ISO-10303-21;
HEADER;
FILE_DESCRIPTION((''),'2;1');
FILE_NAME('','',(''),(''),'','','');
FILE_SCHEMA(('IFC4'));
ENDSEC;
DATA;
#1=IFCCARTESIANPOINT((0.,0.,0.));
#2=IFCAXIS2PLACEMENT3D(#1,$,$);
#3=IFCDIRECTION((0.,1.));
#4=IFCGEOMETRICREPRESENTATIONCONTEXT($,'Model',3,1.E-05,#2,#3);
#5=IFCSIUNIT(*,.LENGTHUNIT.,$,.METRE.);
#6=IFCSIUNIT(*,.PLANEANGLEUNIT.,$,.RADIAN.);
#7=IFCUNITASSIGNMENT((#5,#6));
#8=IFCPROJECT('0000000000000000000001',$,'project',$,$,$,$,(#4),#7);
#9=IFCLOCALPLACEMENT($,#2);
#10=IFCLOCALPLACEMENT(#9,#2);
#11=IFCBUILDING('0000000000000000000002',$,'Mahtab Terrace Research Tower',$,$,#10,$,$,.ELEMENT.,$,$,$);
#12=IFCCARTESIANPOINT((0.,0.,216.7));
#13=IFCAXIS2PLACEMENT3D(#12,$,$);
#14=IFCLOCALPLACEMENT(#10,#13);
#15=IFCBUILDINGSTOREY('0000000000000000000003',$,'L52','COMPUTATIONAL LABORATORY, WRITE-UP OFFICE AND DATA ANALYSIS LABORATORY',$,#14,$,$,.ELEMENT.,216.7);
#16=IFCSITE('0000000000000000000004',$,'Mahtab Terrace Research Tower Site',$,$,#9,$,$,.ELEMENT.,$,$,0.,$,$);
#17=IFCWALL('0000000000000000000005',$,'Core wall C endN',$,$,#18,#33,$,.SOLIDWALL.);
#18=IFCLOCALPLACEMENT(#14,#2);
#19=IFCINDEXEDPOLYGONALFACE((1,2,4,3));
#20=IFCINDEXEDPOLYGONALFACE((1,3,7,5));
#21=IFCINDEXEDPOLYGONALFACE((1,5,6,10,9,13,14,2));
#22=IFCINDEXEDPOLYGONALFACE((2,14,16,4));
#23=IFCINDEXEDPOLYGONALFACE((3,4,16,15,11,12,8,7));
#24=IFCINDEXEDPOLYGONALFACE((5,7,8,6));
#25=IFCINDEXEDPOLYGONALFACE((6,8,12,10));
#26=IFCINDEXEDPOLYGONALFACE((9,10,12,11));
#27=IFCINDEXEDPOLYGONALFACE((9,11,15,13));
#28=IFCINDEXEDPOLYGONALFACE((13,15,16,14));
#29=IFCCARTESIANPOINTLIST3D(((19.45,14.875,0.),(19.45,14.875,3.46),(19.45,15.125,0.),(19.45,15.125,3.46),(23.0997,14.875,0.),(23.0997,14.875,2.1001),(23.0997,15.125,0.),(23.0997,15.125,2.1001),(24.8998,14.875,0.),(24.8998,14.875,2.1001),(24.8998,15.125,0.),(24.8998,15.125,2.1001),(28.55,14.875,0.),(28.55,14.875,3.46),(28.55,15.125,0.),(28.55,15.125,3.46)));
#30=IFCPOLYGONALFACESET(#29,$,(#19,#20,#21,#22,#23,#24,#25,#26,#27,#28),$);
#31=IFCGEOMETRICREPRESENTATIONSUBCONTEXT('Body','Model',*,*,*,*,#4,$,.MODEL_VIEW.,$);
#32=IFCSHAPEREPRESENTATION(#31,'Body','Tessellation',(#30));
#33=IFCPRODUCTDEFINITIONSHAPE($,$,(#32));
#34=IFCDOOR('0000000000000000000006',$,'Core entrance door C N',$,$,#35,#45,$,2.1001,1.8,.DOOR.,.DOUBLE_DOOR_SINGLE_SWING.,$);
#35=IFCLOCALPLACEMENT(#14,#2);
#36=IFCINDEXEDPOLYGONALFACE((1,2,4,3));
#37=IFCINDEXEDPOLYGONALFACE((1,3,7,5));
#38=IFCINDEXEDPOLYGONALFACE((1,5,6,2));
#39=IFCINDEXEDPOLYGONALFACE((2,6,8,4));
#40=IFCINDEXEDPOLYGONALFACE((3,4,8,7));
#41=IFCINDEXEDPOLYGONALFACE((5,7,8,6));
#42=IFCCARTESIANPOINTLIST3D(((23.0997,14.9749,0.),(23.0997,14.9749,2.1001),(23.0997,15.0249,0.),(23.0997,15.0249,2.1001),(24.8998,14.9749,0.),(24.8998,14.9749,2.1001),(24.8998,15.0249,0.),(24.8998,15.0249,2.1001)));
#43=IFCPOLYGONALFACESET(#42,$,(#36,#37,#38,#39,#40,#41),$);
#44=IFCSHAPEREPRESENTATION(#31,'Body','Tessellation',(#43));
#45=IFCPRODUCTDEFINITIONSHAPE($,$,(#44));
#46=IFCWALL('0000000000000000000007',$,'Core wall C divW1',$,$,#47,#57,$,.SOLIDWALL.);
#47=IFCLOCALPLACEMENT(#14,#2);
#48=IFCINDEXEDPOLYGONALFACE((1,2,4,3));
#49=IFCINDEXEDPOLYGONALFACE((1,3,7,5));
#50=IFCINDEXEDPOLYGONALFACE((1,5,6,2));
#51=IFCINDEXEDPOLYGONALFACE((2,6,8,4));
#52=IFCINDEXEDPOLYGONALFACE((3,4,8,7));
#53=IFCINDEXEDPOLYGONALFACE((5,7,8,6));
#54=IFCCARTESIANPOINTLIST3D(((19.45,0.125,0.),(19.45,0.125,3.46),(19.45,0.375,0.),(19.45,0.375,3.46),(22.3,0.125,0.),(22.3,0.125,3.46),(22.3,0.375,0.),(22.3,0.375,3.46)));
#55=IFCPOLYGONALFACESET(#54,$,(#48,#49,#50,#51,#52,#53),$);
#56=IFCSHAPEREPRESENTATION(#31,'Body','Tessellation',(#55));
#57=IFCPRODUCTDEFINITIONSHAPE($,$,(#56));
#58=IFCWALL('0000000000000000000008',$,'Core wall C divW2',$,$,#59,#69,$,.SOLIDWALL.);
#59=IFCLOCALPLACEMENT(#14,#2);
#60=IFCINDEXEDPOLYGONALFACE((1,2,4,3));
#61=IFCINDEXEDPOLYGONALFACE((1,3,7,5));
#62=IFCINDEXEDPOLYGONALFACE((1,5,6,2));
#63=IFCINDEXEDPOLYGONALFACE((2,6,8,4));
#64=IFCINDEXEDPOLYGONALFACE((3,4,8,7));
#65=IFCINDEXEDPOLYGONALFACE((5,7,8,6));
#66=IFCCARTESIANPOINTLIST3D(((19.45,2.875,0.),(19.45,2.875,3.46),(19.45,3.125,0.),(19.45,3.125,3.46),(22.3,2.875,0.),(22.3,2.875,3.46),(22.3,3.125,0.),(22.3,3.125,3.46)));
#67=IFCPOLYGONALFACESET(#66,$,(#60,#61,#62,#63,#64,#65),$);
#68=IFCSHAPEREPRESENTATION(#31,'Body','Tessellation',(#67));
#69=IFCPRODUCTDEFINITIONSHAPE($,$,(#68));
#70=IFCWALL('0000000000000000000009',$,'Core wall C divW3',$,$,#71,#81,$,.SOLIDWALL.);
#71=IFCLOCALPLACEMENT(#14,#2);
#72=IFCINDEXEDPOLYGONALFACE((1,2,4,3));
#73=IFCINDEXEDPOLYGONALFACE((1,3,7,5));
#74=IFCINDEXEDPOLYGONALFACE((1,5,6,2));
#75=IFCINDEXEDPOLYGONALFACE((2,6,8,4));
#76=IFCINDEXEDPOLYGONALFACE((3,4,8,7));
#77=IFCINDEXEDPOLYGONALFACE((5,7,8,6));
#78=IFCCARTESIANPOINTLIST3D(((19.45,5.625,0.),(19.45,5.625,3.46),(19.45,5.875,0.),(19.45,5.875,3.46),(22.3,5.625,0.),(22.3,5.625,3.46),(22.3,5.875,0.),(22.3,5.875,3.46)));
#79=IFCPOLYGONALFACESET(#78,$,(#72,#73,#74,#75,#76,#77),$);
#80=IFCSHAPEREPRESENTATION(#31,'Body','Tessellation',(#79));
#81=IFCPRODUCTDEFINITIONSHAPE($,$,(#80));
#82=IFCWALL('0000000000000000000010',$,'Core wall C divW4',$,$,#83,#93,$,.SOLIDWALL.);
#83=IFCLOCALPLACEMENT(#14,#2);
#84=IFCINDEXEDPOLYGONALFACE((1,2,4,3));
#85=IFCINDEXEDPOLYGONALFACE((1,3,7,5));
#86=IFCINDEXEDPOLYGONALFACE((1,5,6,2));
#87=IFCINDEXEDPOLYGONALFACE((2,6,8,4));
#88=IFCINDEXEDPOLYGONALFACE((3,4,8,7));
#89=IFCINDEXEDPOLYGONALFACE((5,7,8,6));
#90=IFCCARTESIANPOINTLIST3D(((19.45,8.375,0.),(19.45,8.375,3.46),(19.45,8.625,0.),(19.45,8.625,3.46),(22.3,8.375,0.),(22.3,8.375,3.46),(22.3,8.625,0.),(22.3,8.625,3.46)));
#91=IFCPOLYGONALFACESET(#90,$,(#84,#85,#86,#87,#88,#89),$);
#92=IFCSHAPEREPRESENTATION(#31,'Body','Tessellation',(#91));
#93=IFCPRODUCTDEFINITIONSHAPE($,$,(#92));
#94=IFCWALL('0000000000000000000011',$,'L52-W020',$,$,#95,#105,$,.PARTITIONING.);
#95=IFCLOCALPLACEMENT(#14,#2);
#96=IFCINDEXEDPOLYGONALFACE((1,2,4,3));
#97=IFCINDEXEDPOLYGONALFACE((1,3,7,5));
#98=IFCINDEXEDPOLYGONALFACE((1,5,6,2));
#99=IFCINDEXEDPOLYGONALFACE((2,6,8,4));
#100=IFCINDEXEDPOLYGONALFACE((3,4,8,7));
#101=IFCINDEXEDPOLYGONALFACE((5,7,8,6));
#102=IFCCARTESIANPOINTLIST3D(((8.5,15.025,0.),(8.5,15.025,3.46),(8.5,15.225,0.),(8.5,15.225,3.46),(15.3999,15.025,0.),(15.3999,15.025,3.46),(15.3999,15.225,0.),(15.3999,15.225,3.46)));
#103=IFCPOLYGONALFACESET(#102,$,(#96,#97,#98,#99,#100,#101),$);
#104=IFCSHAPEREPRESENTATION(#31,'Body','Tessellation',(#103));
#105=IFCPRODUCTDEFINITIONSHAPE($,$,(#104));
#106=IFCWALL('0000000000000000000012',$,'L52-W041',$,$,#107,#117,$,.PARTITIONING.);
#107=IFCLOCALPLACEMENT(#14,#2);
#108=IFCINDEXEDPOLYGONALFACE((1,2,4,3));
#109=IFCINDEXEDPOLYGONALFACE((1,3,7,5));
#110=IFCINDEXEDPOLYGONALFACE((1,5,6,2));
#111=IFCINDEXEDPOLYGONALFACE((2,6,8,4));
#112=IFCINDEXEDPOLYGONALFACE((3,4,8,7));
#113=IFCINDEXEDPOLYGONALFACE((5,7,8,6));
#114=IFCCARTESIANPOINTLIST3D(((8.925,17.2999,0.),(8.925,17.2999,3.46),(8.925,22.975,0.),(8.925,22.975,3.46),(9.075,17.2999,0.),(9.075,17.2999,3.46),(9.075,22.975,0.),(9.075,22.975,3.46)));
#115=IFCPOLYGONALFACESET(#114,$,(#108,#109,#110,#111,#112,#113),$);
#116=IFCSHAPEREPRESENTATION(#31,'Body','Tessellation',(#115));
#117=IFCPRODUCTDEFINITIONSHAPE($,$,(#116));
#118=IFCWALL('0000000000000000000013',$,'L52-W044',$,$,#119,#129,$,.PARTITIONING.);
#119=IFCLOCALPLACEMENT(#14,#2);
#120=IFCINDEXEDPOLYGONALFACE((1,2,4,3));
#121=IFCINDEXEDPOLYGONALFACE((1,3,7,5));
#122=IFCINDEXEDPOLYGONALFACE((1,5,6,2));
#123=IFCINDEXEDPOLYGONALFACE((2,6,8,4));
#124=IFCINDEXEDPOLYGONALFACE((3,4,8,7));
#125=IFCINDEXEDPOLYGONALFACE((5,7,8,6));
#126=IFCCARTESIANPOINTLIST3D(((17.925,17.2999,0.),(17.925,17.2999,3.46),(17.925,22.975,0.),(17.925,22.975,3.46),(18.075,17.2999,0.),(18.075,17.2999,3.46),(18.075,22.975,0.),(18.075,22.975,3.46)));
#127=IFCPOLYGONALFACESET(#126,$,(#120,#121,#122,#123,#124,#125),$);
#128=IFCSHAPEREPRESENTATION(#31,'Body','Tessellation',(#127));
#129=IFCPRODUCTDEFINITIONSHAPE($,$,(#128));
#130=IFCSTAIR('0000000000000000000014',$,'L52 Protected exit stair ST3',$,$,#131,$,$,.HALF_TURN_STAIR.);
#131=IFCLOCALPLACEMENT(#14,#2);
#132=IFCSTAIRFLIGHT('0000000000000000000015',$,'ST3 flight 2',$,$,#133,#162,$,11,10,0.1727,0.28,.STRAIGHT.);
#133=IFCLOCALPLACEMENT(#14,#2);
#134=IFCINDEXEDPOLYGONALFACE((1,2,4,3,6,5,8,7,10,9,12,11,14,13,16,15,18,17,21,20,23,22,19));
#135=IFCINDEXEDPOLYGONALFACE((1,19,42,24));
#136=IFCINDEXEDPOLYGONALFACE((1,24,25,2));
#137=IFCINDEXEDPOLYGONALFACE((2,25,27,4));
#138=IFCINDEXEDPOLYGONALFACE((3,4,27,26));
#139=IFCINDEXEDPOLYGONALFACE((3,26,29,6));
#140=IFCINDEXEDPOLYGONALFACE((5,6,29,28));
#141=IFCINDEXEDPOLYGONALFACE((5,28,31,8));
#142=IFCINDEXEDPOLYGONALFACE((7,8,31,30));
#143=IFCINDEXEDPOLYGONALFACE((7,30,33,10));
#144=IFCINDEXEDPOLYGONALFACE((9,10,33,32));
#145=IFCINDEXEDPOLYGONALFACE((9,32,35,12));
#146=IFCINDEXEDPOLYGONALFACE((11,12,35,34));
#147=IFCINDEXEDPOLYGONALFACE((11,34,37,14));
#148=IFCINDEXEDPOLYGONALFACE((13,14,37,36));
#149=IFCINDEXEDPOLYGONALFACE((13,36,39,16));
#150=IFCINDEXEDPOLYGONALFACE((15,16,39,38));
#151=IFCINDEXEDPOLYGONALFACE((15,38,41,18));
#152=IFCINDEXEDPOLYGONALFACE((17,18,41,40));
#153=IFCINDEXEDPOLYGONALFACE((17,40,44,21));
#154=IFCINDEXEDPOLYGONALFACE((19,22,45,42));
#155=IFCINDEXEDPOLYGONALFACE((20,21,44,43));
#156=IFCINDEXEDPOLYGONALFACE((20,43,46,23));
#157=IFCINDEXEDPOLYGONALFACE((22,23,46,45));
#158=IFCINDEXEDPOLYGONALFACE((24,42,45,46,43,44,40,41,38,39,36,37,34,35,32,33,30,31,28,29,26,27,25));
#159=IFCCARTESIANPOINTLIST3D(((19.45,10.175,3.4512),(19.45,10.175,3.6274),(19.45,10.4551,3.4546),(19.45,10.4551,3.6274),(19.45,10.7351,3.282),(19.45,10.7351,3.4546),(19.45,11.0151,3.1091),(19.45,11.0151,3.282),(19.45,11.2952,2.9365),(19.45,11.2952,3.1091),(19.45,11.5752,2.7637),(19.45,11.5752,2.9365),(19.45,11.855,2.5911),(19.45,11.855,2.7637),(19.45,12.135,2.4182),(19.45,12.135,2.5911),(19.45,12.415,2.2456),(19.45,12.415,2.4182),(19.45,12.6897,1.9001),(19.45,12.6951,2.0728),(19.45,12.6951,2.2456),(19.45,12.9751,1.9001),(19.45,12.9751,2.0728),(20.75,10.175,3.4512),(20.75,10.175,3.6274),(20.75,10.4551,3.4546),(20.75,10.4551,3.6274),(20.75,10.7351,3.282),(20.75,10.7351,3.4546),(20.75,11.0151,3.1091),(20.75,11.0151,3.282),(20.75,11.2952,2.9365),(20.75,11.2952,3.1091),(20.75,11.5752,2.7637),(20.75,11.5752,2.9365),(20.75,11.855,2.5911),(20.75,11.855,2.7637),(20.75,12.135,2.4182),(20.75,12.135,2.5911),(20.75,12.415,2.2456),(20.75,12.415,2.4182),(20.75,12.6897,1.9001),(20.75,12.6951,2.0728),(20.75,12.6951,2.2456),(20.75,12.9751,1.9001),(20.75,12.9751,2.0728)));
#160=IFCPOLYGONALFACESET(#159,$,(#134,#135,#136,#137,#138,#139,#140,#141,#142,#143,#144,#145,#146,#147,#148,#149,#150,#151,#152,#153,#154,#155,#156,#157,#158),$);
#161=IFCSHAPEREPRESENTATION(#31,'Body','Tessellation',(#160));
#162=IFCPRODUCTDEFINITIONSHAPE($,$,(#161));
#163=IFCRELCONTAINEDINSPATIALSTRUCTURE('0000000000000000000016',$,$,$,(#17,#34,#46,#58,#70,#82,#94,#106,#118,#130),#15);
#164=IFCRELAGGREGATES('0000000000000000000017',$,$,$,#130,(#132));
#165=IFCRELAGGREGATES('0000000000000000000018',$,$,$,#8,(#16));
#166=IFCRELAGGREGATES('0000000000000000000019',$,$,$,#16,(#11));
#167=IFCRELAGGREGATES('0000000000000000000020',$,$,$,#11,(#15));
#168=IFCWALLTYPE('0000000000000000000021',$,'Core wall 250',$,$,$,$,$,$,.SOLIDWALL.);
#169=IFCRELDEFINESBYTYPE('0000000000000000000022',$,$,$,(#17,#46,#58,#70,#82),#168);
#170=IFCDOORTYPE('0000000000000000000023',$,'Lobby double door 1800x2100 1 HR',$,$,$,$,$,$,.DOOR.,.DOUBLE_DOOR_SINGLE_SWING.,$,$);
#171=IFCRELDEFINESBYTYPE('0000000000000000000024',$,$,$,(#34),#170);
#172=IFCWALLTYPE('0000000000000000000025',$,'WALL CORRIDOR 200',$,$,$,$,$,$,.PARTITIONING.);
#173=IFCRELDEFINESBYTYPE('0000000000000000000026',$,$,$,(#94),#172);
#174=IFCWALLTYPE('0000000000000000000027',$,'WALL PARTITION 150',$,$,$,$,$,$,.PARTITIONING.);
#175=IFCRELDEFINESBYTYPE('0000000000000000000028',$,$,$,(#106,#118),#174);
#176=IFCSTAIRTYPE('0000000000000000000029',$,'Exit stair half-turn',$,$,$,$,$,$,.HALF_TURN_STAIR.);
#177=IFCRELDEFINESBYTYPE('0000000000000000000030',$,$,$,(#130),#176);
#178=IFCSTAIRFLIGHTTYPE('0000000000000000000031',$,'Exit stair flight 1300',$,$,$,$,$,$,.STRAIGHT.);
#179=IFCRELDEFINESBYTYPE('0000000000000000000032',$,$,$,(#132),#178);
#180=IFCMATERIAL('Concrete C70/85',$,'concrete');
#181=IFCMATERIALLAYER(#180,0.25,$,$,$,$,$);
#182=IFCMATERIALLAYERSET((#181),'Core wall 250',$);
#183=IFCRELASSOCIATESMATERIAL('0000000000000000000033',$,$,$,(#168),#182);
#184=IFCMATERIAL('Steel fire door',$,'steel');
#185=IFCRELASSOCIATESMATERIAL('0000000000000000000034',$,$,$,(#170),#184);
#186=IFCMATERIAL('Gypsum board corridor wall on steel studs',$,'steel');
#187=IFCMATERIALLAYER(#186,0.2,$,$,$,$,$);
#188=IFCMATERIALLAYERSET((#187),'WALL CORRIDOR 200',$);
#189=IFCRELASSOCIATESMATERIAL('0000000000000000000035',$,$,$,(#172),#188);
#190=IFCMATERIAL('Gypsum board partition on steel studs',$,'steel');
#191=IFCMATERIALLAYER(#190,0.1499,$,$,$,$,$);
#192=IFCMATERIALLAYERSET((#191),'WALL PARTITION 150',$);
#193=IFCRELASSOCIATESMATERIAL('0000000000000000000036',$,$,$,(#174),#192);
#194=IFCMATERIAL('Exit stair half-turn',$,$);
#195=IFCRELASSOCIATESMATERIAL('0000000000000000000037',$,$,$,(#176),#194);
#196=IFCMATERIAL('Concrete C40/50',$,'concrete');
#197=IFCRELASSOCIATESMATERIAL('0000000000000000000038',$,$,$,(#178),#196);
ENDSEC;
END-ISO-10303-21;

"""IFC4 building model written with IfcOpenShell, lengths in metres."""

from ifc_helpers import new_model, si_unit, direction, frame, frame_2d, origin, place, context, subcontext, project, spatial, polyline, rectangle, outline, extrude, material, layer, layer_set, type_object, element, fill, aggregate, save


model = new_model("IFC4")

# Units and contexts
model_context = context("Model", 3, precision=1e-05, world=origin(), true_north=direction((0.0, 1.0)))
body_context = subcontext(model_context, "Body", "Model", "MODEL_VIEW")
ifc_project = project(units=[si_unit("LENGTHUNIT", "METRE"), si_unit("PLANEANGLEUNIT", "RADIAN")], contexts=[model_context])

# Site, building, storey
site_placement = place(None, origin())
site = spatial("IfcSite", under=ifc_project, at=site_placement, Name="Mahtab Terrace Research Tower Site", CompositionType="ELEMENT", RefElevation=0.0)
building_placement = place(site_placement, origin())
building = spatial("IfcBuilding", under=site, at=building_placement, Name="Mahtab Terrace Research Tower", CompositionType="ELEMENT")
storey_placement = place(building_placement, frame((0.0, 0.0, 216.7)))
storey = spatial("IfcBuildingStorey", under=building, at=storey_placement, Name="L52", Description="COMPUTATIONAL LABORATORY, WRITE-UP OFFICE AND DATA ANALYSIS LABORATORY", CompositionType="ELEMENT", Elevation=216.7)

# Shared definitions
ifc_material_1 = material(Name="Concrete C70/85", Category="concrete")

# Shared definitions
ifc_layer_1 = layer(ifc_material_1, 0.25)
ifc_layer_set_1 = layer_set([ifc_layer_1], Name="Core wall 250")
wall_type_1 = type_object("IfcWallType", Name="Core wall 250", PredefinedType="SOLIDWALL", material=ifc_layer_set_1)

# Wall, opening, door
wall_1_placement = place(storey_placement, frame((19.45, 15.0, 0.0), z_axis=(0.0, 0.0, 1.0), x_axis=(1.0, 0.0, 0.0)))
wall_1 = element("IfcWall", 1, at=wall_1_placement, inside=storey, type_object=wall_type_1, Name="Core wall C endN", PredefinedType="SOLIDWALL", context=body_context, shape_type="SweptSolid", body=[
    extrude(rectangle(XDim=9.1001, YDim=0.25, at=frame_2d((4.55, 0.0))), origin(), (0.0, 0.0, 1.0), 3.46),
])
opening_placement = place(wall_1_placement, frame((3.6499, 0.0, 0.0)))
opening = element("IfcOpeningElement", 2, at=opening_placement, cuts=wall_1, PredefinedType="OPENING", context=body_context, shape_type="SweptSolid", body=[
    extrude(rectangle(XDim=1.8, YDim=2.1001, at=frame_2d((0.8999, 1.05))), frame((0.0, 0.135, 0.0), z_axis=(0.0, -1.0, 0.0), x_axis=(1.0, 0.0, 0.0)), (0.0, 0.0, 1.0), 0.27),
])
ifc_material_2 = material(Name="Steel fire door", Category="steel")
door_type = type_object("IfcDoorType", Name="Lobby double door 1800x2100 1 HR", OperationType="DOUBLE_DOOR_SINGLE_SWING", PredefinedType="DOOR", material=ifc_material_2)
door_placement = place(opening_placement, origin())
door = element("IfcDoor", 3, at=door_placement, inside=storey, type_object=door_type, Name="Core entrance door C N", OperationType="DOUBLE_DOOR_SINGLE_SWING", OverallHeight=2.1001, OverallWidth=1.8, PredefinedType="DOOR", context=body_context, shape_type="SweptSolid", body=[
    extrude(rectangle(XDim=1.8, YDim=2.1001, at=frame_2d((0.8999, 1.05))), frame((0.0, 0.0249, 0.0), z_axis=(0.0, -1.0, 0.0), x_axis=(1.0, 0.0, 0.0)), (0.0, 0.0, 1.0), 0.05),
])
fill(opening, door)

# Walls
for number, where, z_axis, x_axis, name in (
    (4, (19.45, 0.25, 0.0), (0.0, 0.0, 1.0), (1.0, 0.0, 0.0), "Core wall C divW1"),
    (5, (19.45, 3.0, 0.0), (0.0, 0.0, 1.0), (1.0, 0.0, 0.0), "Core wall C divW2"),
    (6, (19.45, 5.75, 0.0), (0.0, 0.0, 1.0), (1.0, 0.0, 0.0), "Core wall C divW3"),
    (7, (19.45, 8.5, 0.0), (0.0, 0.0, 1.0), (1.0, 0.0, 0.0), "Core wall C divW4"),
):
    element("IfcWall", number, at=place(storey_placement, frame(where, z_axis=z_axis, x_axis=x_axis)), inside=storey, type_object=wall_type_1, Name=name, PredefinedType="SOLIDWALL", context=body_context, shape_type="SweptSolid", body=[
        extrude(rectangle(XDim=2.8501, YDim=0.25, at=frame_2d((1.425, 0.0))), origin(), (0.0, 0.0, 1.0), 3.46),
    ])
ifc_material_3 = material(Name="Gypsum board corridor wall on steel studs", Category="steel")
ifc_layer_2 = layer(ifc_material_3, 0.2)
ifc_layer_set_2 = layer_set([ifc_layer_2], Name="WALL CORRIDOR 200")
wall_type_2 = type_object("IfcWallType", Name="WALL CORRIDOR 200", PredefinedType="PARTITIONING", material=ifc_layer_set_2)
wall_2_placement = place(storey_placement, frame((8.5, 15.125, 0.0), z_axis=(0.0, 0.0, 1.0), x_axis=(1.0, 0.0, 0.0)))
element("IfcWall", 8, at=wall_2_placement, inside=storey, type_object=wall_type_2, Name="L52-W020", PredefinedType="PARTITIONING", context=body_context, shape_type="SweptSolid", body=[
    extrude(rectangle(XDim=6.8999, YDim=0.2, at=frame_2d((3.45, 0.0))), origin(), (0.0, 0.0, 1.0), 3.46),
])
ifc_material_4 = material(Name="Gypsum board partition on steel studs", Category="steel")
ifc_layer_3 = layer(ifc_material_4, 0.1499)
ifc_layer_set_3 = layer_set([ifc_layer_3], Name="WALL PARTITION 150")
wall_type_3 = type_object("IfcWallType", Name="WALL PARTITION 150", PredefinedType="PARTITIONING", material=ifc_layer_set_3)
for number, where, z_axis, x_axis, name in (
    (9, (9.0, 17.3, 0.0), (0.0, 0.0, 1.0), (0.0, 1.0, 0.0), "L52-W041"),
    (10, (18.0, 17.3, 0.0), (0.0, 0.0, 1.0), (0.0, 1.0, 0.0), "L52-W044"),
):
    element("IfcWall", number, at=place(storey_placement, frame(where, z_axis=z_axis, x_axis=x_axis)), inside=storey, type_object=wall_type_3, Name=name, PredefinedType="PARTITIONING", context=body_context, shape_type="SweptSolid", body=[
        extrude(rectangle(XDim=5.675, YDim=0.1499, at=frame_2d((2.8374, 0.0))), origin(), (0.0, 0.0, 1.0), 3.46),
    ])

# Stair, stair flight
ifc_material_5 = material(Name="Exit stair half-turn")
stair_type = type_object("IfcStairType", Name="Exit stair half-turn", PredefinedType="HALF_TURN_STAIR", material=ifc_material_5)
stair_placement = place(storey_placement, origin())
stair = element("IfcStair", 11, at=stair_placement, inside=storey, type_object=stair_type, Name="L52 Protected exit stair ST3", PredefinedType="HALF_TURN_STAIR")
ifc_material_6 = material(Name="Concrete C40/50", Category="concrete")
stair_flight_type = type_object("IfcStairFlightType", Name="Exit stair flight 1300", PredefinedType="STRAIGHT", material=ifc_material_6)
stair_flight_placement = place(storey_placement, frame((20.1001, 12.9751, 1.9001), z_axis=(0.0, 0.0, 1.0), x_axis=(0.0, -1.0, 0.0)))
stair_flight = element("IfcStairFlight", 12, at=stair_flight_placement, type_object=stair_flight_type, Name="ST3 flight 2", NumberOfRisers=11, NumberOfTreads=10, PredefinedType="STRAIGHT", RiserHeight=0.1727, TreadLength=0.28, context=body_context, shape_type="SweptSolid", body=[
    extrude(outline(polyline([(0.0, 0.0), (0.0, 0.1726), (0.28, 0.1726), (0.28, 0.3455), (0.5601, 0.3455), (0.5601, 0.5181), (0.8401, 0.5181), (0.8401, 0.6909), (1.1201, 0.6909), (1.1201, 0.8635), (1.3999, 0.8635), (1.3999, 1.0364), (1.6799, 1.0364), (1.6799, 1.209), (1.96, 1.209), (1.96, 1.3818), (2.24, 1.3818), (2.24, 1.5544), (2.52, 1.5544), (2.52, 1.7273), (2.8, 1.7273), (2.8, 1.8999), (2.8, 1.551), (0.2854, 0.0), (0.0, 0.0)])), frame((0.0, 0.6499, 0.0), z_axis=(0.0, -1.0, 0.0), x_axis=(1.0, 0.0, 0.0)), (0.0, 0.0, 1.0), 1.3),
])
aggregate(stair, [stair_flight])

save(model, "model.ifc")
